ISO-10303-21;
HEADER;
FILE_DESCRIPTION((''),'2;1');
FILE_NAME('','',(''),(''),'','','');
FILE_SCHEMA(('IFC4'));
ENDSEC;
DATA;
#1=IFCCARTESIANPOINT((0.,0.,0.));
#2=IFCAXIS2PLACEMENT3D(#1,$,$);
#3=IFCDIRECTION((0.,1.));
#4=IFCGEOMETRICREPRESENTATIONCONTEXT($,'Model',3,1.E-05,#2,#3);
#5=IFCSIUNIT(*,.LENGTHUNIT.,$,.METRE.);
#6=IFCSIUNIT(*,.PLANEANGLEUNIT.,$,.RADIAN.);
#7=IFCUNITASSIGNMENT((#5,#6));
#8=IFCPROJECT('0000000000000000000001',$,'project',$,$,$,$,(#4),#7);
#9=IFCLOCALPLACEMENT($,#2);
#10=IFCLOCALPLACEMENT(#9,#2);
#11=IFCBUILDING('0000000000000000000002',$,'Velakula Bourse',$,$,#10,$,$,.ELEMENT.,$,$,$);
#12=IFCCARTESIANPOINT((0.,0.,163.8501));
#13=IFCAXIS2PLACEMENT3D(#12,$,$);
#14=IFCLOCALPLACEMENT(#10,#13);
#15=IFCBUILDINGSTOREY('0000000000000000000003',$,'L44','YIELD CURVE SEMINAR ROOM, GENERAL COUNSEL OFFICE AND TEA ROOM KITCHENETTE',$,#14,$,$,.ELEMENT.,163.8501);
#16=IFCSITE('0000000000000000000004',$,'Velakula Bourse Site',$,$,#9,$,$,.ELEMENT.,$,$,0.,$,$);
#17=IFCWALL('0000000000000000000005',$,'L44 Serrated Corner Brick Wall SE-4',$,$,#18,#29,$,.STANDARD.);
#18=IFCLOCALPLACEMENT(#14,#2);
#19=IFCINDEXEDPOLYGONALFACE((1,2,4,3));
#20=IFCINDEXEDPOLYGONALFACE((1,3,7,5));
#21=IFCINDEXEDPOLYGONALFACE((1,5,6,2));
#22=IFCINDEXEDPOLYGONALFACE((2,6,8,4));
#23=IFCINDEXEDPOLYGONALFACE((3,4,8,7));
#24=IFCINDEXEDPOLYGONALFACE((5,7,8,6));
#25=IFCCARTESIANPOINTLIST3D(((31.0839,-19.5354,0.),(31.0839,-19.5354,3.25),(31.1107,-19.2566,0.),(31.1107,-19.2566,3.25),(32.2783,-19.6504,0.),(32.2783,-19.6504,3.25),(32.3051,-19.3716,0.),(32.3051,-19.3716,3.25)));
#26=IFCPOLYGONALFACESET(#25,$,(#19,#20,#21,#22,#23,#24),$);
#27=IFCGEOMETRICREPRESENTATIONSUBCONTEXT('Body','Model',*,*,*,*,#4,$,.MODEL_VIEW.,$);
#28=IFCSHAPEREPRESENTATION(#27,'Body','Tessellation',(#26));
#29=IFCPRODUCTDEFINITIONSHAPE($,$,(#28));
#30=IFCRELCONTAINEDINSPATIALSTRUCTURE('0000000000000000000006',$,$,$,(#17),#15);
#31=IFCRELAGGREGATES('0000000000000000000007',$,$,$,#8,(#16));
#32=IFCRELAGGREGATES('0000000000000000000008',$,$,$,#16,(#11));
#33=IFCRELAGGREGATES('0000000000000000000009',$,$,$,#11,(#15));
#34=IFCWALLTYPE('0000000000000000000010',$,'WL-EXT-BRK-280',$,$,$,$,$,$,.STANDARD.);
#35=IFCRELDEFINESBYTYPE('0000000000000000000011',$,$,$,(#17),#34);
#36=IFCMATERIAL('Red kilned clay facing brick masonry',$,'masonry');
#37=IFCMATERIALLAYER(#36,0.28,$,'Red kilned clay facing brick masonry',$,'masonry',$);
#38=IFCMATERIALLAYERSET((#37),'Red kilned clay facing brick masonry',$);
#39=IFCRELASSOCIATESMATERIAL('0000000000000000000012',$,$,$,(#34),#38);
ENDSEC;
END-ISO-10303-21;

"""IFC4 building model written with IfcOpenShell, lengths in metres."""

from ifc_helpers import new_model, si_unit, direction, frame, frame_2d, origin, place, context, subcontext, project, spatial, rectangle, extrude, material, layer, layer_set, type_object, element, save


model = new_model("IFC4")

# Units and contexts
model_context = context("Model", 3, precision=1e-05, world=origin(), true_north=direction((0.0, 1.0)))
body_context = subcontext(model_context, "Body", "Model", "MODEL_VIEW")
ifc_project = project(units=[si_unit("LENGTHUNIT", "METRE"), si_unit("PLANEANGLEUNIT", "RADIAN")], contexts=[model_context])

# Site, building, storey
site_placement = place(None, origin())
site = spatial("IfcSite", under=ifc_project, at=site_placement, Name="Velakula Bourse Site", CompositionType="ELEMENT", RefElevation=0.0)
building_placement = place(site_placement, origin())
building = spatial("IfcBuilding", under=site, at=building_placement, Name="Velakula Bourse", CompositionType="ELEMENT")
storey_placement = place(building_placement, frame((0.0, 0.0, 163.8501)))
storey = spatial("IfcBuildingStorey", under=building, at=storey_placement, Name="L44", Description="YIELD CURVE SEMINAR ROOM, GENERAL COUNSEL OFFICE AND TEA ROOM KITCHENETTE", CompositionType="ELEMENT", Elevation=163.8501)

# Shared definitions
ifc_material_1 = material(Name="Red kilned clay facing brick masonry", Category="masonry")
ifc_layer = layer(ifc_material_1, 0.28, Name="Red kilned clay facing brick masonry", Category="masonry")
ifc_layer_set = layer_set([ifc_layer], Name="Red kilned clay facing brick masonry")
wall_type = type_object("IfcWallType", Name="WL-EXT-BRK-280", PredefinedType="STANDARD", material=ifc_layer_set)

# Wall
wall_1_placement = place(storey_placement, frame((31.0972, -19.396, 0.0), z_axis=(0.0, 0.0, 1.0), x_axis=(0.995397, -0.095836, 0.0)))
element("IfcWall", 1, at=wall_1_placement, inside=storey, type_object=wall_type, Name="L44 Serrated Corner Brick Wall SE-4", PredefinedType="STANDARD", context=body_context, shape_type="SweptSolid", body=[
    extrude(rectangle(XDim=1.2, YDim=0.28, at=frame_2d((0.6001, 0.0))), origin(), (0.0, 0.0, 1.0), 3.25),
])

save(model, "model.ifc")
